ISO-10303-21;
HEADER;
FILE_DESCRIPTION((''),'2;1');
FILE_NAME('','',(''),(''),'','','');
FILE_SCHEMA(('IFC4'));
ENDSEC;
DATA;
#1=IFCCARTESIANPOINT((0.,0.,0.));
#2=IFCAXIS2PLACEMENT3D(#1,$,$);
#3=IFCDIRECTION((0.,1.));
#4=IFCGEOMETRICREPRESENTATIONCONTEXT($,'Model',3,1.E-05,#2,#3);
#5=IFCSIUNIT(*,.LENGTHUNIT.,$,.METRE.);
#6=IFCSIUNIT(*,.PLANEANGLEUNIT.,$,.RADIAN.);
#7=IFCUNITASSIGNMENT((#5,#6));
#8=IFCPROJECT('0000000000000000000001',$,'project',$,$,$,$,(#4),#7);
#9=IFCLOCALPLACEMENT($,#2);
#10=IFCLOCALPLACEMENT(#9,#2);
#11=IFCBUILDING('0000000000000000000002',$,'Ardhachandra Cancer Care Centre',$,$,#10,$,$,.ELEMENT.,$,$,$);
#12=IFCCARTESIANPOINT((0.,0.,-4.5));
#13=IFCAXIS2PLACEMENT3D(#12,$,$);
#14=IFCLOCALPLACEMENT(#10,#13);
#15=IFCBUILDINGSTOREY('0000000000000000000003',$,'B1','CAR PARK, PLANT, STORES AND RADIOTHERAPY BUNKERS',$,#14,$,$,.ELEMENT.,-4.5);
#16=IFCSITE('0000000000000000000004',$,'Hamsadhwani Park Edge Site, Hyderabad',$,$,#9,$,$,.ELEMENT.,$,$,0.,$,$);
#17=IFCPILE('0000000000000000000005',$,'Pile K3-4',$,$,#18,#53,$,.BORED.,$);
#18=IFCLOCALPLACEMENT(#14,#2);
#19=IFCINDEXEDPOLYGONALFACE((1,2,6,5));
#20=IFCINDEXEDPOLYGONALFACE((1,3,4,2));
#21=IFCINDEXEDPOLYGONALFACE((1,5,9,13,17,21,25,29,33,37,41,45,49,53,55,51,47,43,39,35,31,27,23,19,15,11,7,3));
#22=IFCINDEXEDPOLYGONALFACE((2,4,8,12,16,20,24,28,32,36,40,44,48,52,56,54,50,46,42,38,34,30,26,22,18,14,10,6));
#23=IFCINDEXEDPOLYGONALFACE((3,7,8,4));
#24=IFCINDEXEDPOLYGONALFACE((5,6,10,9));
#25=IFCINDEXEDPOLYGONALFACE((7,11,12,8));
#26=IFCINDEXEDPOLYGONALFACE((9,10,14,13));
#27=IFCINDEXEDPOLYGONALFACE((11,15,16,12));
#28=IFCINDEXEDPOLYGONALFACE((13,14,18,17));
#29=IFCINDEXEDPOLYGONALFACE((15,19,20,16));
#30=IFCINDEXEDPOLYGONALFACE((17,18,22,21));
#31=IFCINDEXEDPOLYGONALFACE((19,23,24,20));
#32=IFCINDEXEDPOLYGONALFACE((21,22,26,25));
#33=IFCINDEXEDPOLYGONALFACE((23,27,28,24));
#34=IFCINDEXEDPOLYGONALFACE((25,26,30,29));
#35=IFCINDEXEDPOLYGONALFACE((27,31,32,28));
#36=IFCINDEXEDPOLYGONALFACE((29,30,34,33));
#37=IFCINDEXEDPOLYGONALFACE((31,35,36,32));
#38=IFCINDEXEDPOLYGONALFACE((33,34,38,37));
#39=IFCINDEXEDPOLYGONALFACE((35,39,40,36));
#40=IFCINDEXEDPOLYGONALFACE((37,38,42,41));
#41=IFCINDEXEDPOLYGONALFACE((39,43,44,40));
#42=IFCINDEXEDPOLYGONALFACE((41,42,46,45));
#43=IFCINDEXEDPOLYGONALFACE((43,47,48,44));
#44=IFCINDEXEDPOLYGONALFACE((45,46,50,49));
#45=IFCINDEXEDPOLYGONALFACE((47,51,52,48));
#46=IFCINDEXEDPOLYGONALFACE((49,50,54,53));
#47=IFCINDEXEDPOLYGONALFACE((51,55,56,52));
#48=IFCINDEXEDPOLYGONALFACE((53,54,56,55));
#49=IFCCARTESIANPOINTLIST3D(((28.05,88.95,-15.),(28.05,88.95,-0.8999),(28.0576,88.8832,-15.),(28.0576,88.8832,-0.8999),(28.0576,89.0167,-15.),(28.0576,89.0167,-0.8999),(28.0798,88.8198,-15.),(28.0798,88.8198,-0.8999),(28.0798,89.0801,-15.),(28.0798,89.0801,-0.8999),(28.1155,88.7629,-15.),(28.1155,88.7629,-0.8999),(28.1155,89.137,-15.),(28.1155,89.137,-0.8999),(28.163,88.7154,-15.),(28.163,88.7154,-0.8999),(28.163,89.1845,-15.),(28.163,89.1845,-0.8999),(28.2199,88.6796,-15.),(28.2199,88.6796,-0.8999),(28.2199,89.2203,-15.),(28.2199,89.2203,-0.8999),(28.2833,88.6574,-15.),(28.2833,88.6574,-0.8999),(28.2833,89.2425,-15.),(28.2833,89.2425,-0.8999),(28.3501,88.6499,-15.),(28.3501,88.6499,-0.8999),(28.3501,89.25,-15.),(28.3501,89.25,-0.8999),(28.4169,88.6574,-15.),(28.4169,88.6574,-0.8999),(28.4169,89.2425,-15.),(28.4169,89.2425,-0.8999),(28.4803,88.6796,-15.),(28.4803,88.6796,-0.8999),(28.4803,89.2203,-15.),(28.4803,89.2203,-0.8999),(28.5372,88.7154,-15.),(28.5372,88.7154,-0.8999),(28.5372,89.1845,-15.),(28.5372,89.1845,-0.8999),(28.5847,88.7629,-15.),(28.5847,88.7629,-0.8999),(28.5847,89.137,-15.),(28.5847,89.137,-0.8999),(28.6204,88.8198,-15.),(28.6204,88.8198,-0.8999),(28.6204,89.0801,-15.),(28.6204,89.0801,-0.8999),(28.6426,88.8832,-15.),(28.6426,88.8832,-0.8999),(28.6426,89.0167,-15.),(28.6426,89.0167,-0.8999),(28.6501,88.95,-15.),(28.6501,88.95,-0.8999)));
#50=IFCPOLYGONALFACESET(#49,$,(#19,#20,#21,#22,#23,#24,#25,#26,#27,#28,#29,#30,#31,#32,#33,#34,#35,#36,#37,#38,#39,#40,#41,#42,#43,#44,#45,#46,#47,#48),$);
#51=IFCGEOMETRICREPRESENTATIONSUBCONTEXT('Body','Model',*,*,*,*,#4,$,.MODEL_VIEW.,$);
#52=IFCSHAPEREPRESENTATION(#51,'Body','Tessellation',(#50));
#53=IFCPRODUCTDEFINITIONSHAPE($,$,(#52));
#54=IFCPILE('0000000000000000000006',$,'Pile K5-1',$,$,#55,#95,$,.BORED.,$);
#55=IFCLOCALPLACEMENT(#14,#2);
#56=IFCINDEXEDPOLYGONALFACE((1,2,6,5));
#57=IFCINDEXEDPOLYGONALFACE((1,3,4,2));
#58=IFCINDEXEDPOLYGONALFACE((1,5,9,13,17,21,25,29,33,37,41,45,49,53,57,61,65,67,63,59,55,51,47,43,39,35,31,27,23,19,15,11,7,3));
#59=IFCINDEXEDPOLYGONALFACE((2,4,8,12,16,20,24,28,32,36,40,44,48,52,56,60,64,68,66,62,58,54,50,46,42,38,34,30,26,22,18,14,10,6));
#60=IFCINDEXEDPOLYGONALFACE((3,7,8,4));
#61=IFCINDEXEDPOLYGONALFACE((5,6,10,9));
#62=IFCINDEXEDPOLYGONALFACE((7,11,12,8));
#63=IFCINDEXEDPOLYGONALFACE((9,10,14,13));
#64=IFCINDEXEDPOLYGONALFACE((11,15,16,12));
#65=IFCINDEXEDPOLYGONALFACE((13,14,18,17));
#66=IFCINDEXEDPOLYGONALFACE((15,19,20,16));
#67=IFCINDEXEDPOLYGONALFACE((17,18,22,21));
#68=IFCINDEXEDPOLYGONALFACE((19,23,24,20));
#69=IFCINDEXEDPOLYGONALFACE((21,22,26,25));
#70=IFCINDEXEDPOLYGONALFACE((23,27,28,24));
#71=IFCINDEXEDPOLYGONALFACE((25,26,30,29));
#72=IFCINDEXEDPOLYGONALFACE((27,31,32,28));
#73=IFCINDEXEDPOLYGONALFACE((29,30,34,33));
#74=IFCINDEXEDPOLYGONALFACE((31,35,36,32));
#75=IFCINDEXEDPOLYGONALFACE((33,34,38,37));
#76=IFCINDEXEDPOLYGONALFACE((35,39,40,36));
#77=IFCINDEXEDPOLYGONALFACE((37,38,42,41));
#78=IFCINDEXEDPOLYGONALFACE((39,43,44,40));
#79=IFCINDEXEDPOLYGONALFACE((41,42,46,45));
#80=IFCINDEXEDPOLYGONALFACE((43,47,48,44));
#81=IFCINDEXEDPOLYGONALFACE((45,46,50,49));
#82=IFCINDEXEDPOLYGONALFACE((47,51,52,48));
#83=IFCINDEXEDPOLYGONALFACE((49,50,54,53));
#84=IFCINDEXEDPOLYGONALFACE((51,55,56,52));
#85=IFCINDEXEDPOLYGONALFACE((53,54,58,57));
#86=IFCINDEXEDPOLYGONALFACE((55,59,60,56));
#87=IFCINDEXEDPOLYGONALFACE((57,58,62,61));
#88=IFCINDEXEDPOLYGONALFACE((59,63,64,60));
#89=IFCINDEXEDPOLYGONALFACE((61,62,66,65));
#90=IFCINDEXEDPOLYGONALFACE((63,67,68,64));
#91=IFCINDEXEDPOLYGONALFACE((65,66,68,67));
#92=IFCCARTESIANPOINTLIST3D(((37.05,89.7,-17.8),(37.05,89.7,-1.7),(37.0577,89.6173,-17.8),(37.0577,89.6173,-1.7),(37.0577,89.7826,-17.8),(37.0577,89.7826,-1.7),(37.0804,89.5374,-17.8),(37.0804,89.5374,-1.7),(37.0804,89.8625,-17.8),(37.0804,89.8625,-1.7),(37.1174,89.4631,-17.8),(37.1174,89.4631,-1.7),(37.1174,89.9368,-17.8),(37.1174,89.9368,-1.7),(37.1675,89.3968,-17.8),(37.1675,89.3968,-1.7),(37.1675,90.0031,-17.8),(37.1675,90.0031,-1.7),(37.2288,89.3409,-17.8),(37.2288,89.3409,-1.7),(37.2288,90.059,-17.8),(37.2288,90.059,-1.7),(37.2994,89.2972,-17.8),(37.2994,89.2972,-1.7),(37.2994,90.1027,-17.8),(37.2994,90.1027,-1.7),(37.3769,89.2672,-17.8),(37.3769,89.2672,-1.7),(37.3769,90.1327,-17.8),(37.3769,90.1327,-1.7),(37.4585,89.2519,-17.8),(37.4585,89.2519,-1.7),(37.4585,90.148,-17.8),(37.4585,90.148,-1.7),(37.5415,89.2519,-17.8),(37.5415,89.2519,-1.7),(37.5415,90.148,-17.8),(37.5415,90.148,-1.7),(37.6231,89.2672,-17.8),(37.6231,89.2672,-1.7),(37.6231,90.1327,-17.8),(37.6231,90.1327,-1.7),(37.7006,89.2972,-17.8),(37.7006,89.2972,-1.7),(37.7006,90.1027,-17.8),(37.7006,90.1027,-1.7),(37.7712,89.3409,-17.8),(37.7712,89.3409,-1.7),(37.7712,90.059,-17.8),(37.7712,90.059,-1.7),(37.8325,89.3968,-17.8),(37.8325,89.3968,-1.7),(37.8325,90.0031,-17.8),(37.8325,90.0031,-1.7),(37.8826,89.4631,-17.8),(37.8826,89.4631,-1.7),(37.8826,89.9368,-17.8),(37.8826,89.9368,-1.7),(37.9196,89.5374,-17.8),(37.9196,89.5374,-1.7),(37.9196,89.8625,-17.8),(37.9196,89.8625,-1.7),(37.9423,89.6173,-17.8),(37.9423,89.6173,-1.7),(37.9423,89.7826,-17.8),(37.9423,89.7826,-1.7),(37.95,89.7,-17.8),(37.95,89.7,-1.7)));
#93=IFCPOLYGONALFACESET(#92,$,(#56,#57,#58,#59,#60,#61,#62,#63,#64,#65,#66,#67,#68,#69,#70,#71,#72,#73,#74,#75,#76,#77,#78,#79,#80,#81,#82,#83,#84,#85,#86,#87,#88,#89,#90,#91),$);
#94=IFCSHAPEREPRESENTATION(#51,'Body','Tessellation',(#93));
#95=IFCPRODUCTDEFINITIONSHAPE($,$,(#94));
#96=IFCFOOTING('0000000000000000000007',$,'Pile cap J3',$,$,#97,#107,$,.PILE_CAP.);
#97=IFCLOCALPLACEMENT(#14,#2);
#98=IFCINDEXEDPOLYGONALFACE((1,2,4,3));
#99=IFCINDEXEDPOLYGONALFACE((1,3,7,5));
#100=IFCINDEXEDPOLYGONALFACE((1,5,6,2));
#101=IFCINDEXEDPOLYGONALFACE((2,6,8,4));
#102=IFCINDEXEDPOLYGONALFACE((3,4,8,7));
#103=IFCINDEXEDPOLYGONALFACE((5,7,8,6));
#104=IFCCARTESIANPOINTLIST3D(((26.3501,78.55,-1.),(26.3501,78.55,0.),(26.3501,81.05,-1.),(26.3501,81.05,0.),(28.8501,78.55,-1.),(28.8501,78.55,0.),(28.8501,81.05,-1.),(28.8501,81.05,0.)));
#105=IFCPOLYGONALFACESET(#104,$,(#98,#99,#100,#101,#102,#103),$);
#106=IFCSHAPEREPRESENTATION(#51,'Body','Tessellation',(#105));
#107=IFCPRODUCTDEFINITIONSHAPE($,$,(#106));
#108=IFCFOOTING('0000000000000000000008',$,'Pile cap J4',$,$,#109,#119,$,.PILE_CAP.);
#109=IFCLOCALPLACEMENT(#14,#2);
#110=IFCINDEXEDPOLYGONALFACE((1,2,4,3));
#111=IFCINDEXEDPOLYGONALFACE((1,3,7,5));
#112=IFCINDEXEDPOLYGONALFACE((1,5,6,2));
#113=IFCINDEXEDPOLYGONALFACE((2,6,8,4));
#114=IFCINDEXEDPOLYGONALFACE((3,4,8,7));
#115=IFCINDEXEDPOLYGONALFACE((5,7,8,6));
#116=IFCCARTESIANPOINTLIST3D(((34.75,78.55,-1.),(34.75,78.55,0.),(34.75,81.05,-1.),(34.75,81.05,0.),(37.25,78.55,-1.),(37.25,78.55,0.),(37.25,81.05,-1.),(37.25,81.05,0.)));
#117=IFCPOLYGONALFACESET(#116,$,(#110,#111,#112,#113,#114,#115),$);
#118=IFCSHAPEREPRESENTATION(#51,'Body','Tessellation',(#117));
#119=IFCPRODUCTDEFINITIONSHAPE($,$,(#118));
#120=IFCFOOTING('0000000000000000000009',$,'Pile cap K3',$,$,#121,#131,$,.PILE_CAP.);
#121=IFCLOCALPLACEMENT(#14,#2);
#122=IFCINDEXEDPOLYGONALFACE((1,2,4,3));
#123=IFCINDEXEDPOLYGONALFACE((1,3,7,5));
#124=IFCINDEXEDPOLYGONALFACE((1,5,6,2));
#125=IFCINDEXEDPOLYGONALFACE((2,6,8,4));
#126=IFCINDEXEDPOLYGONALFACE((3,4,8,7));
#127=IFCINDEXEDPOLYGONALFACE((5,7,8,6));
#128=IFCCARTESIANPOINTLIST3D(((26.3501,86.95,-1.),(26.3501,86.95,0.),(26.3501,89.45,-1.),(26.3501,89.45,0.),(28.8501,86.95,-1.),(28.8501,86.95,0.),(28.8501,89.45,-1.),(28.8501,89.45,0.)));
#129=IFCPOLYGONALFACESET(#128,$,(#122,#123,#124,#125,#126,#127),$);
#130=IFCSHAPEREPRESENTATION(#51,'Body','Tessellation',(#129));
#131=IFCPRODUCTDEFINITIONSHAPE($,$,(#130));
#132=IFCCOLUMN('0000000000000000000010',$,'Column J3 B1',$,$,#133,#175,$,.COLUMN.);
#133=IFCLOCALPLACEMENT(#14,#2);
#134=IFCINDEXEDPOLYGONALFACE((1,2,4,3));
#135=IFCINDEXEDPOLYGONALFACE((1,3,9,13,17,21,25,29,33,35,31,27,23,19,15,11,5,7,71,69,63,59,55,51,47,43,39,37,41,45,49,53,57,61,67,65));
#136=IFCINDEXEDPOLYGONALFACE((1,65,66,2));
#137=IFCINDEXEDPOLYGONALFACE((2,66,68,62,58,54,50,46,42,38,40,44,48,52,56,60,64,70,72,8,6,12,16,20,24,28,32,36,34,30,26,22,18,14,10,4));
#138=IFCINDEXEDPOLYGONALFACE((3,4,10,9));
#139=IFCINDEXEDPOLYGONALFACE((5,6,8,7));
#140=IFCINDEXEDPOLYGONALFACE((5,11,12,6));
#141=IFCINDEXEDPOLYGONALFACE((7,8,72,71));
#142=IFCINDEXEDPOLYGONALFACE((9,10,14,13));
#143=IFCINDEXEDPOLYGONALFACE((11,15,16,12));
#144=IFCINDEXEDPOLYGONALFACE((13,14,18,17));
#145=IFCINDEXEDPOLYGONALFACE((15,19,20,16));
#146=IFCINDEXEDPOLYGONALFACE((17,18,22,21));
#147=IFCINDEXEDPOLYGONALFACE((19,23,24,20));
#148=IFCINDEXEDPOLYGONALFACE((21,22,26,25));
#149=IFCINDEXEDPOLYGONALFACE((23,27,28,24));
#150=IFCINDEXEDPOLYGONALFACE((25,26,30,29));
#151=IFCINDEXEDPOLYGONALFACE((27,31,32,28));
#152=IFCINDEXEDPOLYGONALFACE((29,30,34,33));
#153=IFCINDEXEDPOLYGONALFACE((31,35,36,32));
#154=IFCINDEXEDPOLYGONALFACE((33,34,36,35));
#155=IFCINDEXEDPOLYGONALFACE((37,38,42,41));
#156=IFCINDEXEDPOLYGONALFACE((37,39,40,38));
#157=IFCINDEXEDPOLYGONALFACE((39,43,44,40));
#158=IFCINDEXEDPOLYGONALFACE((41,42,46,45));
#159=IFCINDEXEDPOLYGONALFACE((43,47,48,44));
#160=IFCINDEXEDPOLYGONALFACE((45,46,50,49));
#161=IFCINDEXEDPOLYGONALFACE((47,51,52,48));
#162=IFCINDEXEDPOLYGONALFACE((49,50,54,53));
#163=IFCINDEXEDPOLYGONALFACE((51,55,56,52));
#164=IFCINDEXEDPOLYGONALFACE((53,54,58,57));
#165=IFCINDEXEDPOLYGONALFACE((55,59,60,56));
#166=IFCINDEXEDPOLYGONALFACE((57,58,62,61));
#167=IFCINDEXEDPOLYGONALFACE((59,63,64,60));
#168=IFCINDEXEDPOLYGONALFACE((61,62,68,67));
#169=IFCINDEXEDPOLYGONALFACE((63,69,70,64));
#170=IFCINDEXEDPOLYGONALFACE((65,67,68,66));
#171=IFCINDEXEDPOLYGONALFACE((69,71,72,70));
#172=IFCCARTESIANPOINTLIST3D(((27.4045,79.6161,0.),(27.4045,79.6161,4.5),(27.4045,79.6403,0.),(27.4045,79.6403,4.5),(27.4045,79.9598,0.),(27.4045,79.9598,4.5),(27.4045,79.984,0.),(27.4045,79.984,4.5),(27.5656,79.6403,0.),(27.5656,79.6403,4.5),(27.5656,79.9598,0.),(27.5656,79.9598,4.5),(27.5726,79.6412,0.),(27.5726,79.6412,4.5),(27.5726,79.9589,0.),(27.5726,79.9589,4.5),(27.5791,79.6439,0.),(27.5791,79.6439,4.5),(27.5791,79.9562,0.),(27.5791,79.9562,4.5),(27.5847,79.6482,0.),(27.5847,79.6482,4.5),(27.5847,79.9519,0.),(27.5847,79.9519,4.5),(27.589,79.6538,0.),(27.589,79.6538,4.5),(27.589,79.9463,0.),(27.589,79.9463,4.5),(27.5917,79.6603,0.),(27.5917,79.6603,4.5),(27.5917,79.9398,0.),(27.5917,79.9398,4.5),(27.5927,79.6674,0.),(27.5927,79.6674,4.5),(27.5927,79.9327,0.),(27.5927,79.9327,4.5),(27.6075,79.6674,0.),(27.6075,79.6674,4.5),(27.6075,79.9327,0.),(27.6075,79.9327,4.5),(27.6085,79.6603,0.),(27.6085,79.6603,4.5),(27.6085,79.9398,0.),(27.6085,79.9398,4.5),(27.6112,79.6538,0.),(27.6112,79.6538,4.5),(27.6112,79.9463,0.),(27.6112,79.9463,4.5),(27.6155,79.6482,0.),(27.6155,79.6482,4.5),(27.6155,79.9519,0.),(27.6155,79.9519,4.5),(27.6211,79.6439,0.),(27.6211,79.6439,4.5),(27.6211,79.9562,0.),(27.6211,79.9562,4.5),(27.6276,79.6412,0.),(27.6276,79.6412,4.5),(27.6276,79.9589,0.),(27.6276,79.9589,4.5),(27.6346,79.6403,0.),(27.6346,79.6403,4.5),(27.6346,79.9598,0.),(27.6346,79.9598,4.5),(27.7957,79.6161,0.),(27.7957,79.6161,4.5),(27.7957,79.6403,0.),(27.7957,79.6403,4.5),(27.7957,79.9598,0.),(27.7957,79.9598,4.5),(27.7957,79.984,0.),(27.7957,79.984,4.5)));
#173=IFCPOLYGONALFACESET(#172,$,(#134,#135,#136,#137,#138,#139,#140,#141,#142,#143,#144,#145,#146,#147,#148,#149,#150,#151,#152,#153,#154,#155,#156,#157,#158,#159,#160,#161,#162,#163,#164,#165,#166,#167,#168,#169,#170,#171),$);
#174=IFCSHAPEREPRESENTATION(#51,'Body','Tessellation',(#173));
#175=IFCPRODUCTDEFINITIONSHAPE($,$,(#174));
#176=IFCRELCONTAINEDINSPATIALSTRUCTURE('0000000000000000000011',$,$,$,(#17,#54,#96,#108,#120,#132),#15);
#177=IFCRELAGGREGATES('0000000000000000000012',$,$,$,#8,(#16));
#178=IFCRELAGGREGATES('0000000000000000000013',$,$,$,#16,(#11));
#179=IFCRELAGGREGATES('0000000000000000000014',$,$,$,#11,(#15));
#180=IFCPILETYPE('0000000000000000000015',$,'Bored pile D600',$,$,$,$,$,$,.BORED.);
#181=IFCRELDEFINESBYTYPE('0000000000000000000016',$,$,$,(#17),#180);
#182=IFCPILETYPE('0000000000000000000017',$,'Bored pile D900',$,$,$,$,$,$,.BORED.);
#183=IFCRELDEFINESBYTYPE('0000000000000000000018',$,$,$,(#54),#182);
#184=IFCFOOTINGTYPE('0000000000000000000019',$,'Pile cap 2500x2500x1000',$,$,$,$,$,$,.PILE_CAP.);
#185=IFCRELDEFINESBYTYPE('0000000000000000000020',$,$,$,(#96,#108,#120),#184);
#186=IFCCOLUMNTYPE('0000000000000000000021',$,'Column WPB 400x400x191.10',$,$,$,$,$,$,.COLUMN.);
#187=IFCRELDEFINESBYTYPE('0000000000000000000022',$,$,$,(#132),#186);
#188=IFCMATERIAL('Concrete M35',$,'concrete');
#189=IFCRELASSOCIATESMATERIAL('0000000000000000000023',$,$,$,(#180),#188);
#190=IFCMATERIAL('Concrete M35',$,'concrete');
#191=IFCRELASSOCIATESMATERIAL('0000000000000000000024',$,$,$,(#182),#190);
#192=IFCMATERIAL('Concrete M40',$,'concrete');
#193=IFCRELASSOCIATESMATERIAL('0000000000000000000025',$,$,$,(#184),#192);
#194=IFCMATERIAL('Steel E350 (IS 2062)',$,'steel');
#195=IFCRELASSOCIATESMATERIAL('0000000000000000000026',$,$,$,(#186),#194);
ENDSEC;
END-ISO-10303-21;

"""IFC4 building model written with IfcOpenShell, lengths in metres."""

from ifc_helpers import new_model, si_unit, direction, frame, origin, origin_2d, place, context, subcontext, project, spatial, rectangle, circle, i_section, extrude, material, material_profile, profile_set, type_object, element, save


model = new_model("IFC4")

# Units and contexts
model_context = context("Model", 3, precision=1e-05, world=origin(), true_north=direction((0.0, 1.0)))
body_context = subcontext(model_context, "Body", "Model", "MODEL_VIEW")
ifc_project = project(units=[si_unit("LENGTHUNIT", "METRE"), si_unit("PLANEANGLEUNIT", "RADIAN")], contexts=[model_context])

# Site, building, storey
site_placement = place(None, origin())
site = spatial("IfcSite", under=ifc_project, at=site_placement, Name="Hamsadhwani Park Edge Site, Hyderabad", CompositionType="ELEMENT", RefElevation=0.0)
building_placement = place(site_placement, origin())
building = spatial("IfcBuilding", under=site, at=building_placement, Name="Ardhachandra Cancer Care Centre", CompositionType="ELEMENT")
storey_placement = place(building_placement, frame((0.0, 0.0, -4.5)))
storey = spatial("IfcBuildingStorey", under=building, at=storey_placement, Name="B1", Description="CAR PARK, PLANT, STORES AND RADIOTHERAPY BUNKERS", CompositionType="ELEMENT", Elevation=-4.5)

# Piles
ifc_material_1 = material(Name="Concrete M35", Category="concrete")
ifc_material_profile_1 = material_profile(ifc_material_1, circle(Radius=0.3, at=origin_2d()), Name="D600")
ifc_profile_set_1 = profile_set([ifc_material_profile_1], Name="Concrete M35")
pile_type_1 = type_object("IfcPileType", Name="Bored pile D600", PredefinedType="BORED", material=ifc_profile_set_1)
for number, where, z_axis, x_axis, name in (
    (1, (28.3501, 88.95, -0.8999), (0.0, 0.0, -1.0), (1.0, 0.0, 0.0), "Pile K3-4"),
):
    element("IfcPile", number, at=place(storey_placement, frame(where, z_axis=z_axis, x_axis=x_axis)), inside=storey, type_object=pile_type_1, Name=name, PredefinedType="BORED", context=body_context, shape_type="SweptSolid", body=[
        extrude(circle(Radius=0.3, at=origin_2d()), origin(), (0.0, 0.0, 1.0), 14.1001),
    ])
ifc_material_2 = material(Name="Concrete M35", Category="concrete")
ifc_material_profile_2 = material_profile(ifc_material_2, circle(Radius=0.45, at=origin_2d()), Name="D900")
ifc_profile_set_2 = profile_set([ifc_material_profile_2], Name="Concrete M35")
pile_type_2 = type_object("IfcPileType", Name="Bored pile D900", PredefinedType="BORED", material=ifc_profile_set_2)
pile_placement = place(storey_placement, frame((37.5, 89.7, -1.7), z_axis=(0.0, 0.0, -1.0), x_axis=(1.0, 0.0, 0.0)))
element("IfcPile", 2, at=pile_placement, inside=storey, type_object=pile_type_2, Name="Pile K5-1", PredefinedType="BORED", context=body_context, shape_type="SweptSolid", body=[
    extrude(circle(Radius=0.45, at=origin_2d()), origin(), (0.0, 0.0, 1.0), 16.1001),
])

# Footings
ifc_material_3 = material(Name="Concrete M40", Category="concrete")
footing_type = type_object("IfcFootingType", Name="Pile cap 2500x2500x1000", PredefinedType="PILE_CAP", material=ifc_material_3)
for number, where, z_axis, x_axis, name in (
    (3, (27.6001, 79.8, -1.0), (0.0, 0.0, 1.0), (1.0, 0.0, 0.0), "Pile cap J3"),
    (4, (36.0, 79.8, -1.0), (0.0, 0.0, 1.0), (1.0, 0.0, 0.0), "Pile cap J4"),
    (5, (27.6001, 88.2, -1.0), (0.0, 0.0, 1.0), (1.0, 0.0, 0.0), "Pile cap K3"),
):
    element("IfcFooting", number, at=place(storey_placement, frame(where, z_axis=z_axis, x_axis=x_axis)), inside=storey, type_object=footing_type, Name=name, PredefinedType="PILE_CAP", context=body_context, shape_type="SweptSolid", body=[
        extrude(rectangle(XDim=2.5, YDim=2.5, at=origin_2d()), origin(), (0.0, 0.0, 1.0), 1.0),
    ])

# Column
ifc_material_4 = material(Name="Steel E350 (IS 2062)", Category="steel")
ifc_material_profile_3 = material_profile(ifc_material_4, i_section(OverallWidth=0.3911, OverallDepth=0.3679, WebThickness=0.0149, FlangeThickness=0.0242, FilletRadius=0.0271, at=origin_2d()), Name="WPB 400x400x191.10")
ifc_profile_set_3 = profile_set([ifc_material_profile_3], Name="Steel E350 (IS 2062)")
column_type = type_object("IfcColumnType", Name="Column WPB 400x400x191.10", PredefinedType="COLUMN", material=ifc_profile_set_3)
for number, where, z_axis, x_axis, name in (
    (6, (27.6001, 79.8, 0.0), (0.0, 0.0, 1.0), (1.0, 0.0, 0.0), "Column J3 B1"),
):
    element("IfcColumn", number, at=place(storey_placement, frame(where, z_axis=z_axis, x_axis=x_axis)), inside=storey, type_object=column_type, Name=name, PredefinedType="COLUMN", context=body_context, shape_type="SweptSolid", body=[
        extrude(i_section(OverallWidth=0.3911, OverallDepth=0.3679, WebThickness=0.0149, FlangeThickness=0.0242, FilletRadius=0.0271, at=origin_2d()), origin(), (0.0, 0.0, 1.0), 4.5),
    ])

save(model, "model.ifc")
